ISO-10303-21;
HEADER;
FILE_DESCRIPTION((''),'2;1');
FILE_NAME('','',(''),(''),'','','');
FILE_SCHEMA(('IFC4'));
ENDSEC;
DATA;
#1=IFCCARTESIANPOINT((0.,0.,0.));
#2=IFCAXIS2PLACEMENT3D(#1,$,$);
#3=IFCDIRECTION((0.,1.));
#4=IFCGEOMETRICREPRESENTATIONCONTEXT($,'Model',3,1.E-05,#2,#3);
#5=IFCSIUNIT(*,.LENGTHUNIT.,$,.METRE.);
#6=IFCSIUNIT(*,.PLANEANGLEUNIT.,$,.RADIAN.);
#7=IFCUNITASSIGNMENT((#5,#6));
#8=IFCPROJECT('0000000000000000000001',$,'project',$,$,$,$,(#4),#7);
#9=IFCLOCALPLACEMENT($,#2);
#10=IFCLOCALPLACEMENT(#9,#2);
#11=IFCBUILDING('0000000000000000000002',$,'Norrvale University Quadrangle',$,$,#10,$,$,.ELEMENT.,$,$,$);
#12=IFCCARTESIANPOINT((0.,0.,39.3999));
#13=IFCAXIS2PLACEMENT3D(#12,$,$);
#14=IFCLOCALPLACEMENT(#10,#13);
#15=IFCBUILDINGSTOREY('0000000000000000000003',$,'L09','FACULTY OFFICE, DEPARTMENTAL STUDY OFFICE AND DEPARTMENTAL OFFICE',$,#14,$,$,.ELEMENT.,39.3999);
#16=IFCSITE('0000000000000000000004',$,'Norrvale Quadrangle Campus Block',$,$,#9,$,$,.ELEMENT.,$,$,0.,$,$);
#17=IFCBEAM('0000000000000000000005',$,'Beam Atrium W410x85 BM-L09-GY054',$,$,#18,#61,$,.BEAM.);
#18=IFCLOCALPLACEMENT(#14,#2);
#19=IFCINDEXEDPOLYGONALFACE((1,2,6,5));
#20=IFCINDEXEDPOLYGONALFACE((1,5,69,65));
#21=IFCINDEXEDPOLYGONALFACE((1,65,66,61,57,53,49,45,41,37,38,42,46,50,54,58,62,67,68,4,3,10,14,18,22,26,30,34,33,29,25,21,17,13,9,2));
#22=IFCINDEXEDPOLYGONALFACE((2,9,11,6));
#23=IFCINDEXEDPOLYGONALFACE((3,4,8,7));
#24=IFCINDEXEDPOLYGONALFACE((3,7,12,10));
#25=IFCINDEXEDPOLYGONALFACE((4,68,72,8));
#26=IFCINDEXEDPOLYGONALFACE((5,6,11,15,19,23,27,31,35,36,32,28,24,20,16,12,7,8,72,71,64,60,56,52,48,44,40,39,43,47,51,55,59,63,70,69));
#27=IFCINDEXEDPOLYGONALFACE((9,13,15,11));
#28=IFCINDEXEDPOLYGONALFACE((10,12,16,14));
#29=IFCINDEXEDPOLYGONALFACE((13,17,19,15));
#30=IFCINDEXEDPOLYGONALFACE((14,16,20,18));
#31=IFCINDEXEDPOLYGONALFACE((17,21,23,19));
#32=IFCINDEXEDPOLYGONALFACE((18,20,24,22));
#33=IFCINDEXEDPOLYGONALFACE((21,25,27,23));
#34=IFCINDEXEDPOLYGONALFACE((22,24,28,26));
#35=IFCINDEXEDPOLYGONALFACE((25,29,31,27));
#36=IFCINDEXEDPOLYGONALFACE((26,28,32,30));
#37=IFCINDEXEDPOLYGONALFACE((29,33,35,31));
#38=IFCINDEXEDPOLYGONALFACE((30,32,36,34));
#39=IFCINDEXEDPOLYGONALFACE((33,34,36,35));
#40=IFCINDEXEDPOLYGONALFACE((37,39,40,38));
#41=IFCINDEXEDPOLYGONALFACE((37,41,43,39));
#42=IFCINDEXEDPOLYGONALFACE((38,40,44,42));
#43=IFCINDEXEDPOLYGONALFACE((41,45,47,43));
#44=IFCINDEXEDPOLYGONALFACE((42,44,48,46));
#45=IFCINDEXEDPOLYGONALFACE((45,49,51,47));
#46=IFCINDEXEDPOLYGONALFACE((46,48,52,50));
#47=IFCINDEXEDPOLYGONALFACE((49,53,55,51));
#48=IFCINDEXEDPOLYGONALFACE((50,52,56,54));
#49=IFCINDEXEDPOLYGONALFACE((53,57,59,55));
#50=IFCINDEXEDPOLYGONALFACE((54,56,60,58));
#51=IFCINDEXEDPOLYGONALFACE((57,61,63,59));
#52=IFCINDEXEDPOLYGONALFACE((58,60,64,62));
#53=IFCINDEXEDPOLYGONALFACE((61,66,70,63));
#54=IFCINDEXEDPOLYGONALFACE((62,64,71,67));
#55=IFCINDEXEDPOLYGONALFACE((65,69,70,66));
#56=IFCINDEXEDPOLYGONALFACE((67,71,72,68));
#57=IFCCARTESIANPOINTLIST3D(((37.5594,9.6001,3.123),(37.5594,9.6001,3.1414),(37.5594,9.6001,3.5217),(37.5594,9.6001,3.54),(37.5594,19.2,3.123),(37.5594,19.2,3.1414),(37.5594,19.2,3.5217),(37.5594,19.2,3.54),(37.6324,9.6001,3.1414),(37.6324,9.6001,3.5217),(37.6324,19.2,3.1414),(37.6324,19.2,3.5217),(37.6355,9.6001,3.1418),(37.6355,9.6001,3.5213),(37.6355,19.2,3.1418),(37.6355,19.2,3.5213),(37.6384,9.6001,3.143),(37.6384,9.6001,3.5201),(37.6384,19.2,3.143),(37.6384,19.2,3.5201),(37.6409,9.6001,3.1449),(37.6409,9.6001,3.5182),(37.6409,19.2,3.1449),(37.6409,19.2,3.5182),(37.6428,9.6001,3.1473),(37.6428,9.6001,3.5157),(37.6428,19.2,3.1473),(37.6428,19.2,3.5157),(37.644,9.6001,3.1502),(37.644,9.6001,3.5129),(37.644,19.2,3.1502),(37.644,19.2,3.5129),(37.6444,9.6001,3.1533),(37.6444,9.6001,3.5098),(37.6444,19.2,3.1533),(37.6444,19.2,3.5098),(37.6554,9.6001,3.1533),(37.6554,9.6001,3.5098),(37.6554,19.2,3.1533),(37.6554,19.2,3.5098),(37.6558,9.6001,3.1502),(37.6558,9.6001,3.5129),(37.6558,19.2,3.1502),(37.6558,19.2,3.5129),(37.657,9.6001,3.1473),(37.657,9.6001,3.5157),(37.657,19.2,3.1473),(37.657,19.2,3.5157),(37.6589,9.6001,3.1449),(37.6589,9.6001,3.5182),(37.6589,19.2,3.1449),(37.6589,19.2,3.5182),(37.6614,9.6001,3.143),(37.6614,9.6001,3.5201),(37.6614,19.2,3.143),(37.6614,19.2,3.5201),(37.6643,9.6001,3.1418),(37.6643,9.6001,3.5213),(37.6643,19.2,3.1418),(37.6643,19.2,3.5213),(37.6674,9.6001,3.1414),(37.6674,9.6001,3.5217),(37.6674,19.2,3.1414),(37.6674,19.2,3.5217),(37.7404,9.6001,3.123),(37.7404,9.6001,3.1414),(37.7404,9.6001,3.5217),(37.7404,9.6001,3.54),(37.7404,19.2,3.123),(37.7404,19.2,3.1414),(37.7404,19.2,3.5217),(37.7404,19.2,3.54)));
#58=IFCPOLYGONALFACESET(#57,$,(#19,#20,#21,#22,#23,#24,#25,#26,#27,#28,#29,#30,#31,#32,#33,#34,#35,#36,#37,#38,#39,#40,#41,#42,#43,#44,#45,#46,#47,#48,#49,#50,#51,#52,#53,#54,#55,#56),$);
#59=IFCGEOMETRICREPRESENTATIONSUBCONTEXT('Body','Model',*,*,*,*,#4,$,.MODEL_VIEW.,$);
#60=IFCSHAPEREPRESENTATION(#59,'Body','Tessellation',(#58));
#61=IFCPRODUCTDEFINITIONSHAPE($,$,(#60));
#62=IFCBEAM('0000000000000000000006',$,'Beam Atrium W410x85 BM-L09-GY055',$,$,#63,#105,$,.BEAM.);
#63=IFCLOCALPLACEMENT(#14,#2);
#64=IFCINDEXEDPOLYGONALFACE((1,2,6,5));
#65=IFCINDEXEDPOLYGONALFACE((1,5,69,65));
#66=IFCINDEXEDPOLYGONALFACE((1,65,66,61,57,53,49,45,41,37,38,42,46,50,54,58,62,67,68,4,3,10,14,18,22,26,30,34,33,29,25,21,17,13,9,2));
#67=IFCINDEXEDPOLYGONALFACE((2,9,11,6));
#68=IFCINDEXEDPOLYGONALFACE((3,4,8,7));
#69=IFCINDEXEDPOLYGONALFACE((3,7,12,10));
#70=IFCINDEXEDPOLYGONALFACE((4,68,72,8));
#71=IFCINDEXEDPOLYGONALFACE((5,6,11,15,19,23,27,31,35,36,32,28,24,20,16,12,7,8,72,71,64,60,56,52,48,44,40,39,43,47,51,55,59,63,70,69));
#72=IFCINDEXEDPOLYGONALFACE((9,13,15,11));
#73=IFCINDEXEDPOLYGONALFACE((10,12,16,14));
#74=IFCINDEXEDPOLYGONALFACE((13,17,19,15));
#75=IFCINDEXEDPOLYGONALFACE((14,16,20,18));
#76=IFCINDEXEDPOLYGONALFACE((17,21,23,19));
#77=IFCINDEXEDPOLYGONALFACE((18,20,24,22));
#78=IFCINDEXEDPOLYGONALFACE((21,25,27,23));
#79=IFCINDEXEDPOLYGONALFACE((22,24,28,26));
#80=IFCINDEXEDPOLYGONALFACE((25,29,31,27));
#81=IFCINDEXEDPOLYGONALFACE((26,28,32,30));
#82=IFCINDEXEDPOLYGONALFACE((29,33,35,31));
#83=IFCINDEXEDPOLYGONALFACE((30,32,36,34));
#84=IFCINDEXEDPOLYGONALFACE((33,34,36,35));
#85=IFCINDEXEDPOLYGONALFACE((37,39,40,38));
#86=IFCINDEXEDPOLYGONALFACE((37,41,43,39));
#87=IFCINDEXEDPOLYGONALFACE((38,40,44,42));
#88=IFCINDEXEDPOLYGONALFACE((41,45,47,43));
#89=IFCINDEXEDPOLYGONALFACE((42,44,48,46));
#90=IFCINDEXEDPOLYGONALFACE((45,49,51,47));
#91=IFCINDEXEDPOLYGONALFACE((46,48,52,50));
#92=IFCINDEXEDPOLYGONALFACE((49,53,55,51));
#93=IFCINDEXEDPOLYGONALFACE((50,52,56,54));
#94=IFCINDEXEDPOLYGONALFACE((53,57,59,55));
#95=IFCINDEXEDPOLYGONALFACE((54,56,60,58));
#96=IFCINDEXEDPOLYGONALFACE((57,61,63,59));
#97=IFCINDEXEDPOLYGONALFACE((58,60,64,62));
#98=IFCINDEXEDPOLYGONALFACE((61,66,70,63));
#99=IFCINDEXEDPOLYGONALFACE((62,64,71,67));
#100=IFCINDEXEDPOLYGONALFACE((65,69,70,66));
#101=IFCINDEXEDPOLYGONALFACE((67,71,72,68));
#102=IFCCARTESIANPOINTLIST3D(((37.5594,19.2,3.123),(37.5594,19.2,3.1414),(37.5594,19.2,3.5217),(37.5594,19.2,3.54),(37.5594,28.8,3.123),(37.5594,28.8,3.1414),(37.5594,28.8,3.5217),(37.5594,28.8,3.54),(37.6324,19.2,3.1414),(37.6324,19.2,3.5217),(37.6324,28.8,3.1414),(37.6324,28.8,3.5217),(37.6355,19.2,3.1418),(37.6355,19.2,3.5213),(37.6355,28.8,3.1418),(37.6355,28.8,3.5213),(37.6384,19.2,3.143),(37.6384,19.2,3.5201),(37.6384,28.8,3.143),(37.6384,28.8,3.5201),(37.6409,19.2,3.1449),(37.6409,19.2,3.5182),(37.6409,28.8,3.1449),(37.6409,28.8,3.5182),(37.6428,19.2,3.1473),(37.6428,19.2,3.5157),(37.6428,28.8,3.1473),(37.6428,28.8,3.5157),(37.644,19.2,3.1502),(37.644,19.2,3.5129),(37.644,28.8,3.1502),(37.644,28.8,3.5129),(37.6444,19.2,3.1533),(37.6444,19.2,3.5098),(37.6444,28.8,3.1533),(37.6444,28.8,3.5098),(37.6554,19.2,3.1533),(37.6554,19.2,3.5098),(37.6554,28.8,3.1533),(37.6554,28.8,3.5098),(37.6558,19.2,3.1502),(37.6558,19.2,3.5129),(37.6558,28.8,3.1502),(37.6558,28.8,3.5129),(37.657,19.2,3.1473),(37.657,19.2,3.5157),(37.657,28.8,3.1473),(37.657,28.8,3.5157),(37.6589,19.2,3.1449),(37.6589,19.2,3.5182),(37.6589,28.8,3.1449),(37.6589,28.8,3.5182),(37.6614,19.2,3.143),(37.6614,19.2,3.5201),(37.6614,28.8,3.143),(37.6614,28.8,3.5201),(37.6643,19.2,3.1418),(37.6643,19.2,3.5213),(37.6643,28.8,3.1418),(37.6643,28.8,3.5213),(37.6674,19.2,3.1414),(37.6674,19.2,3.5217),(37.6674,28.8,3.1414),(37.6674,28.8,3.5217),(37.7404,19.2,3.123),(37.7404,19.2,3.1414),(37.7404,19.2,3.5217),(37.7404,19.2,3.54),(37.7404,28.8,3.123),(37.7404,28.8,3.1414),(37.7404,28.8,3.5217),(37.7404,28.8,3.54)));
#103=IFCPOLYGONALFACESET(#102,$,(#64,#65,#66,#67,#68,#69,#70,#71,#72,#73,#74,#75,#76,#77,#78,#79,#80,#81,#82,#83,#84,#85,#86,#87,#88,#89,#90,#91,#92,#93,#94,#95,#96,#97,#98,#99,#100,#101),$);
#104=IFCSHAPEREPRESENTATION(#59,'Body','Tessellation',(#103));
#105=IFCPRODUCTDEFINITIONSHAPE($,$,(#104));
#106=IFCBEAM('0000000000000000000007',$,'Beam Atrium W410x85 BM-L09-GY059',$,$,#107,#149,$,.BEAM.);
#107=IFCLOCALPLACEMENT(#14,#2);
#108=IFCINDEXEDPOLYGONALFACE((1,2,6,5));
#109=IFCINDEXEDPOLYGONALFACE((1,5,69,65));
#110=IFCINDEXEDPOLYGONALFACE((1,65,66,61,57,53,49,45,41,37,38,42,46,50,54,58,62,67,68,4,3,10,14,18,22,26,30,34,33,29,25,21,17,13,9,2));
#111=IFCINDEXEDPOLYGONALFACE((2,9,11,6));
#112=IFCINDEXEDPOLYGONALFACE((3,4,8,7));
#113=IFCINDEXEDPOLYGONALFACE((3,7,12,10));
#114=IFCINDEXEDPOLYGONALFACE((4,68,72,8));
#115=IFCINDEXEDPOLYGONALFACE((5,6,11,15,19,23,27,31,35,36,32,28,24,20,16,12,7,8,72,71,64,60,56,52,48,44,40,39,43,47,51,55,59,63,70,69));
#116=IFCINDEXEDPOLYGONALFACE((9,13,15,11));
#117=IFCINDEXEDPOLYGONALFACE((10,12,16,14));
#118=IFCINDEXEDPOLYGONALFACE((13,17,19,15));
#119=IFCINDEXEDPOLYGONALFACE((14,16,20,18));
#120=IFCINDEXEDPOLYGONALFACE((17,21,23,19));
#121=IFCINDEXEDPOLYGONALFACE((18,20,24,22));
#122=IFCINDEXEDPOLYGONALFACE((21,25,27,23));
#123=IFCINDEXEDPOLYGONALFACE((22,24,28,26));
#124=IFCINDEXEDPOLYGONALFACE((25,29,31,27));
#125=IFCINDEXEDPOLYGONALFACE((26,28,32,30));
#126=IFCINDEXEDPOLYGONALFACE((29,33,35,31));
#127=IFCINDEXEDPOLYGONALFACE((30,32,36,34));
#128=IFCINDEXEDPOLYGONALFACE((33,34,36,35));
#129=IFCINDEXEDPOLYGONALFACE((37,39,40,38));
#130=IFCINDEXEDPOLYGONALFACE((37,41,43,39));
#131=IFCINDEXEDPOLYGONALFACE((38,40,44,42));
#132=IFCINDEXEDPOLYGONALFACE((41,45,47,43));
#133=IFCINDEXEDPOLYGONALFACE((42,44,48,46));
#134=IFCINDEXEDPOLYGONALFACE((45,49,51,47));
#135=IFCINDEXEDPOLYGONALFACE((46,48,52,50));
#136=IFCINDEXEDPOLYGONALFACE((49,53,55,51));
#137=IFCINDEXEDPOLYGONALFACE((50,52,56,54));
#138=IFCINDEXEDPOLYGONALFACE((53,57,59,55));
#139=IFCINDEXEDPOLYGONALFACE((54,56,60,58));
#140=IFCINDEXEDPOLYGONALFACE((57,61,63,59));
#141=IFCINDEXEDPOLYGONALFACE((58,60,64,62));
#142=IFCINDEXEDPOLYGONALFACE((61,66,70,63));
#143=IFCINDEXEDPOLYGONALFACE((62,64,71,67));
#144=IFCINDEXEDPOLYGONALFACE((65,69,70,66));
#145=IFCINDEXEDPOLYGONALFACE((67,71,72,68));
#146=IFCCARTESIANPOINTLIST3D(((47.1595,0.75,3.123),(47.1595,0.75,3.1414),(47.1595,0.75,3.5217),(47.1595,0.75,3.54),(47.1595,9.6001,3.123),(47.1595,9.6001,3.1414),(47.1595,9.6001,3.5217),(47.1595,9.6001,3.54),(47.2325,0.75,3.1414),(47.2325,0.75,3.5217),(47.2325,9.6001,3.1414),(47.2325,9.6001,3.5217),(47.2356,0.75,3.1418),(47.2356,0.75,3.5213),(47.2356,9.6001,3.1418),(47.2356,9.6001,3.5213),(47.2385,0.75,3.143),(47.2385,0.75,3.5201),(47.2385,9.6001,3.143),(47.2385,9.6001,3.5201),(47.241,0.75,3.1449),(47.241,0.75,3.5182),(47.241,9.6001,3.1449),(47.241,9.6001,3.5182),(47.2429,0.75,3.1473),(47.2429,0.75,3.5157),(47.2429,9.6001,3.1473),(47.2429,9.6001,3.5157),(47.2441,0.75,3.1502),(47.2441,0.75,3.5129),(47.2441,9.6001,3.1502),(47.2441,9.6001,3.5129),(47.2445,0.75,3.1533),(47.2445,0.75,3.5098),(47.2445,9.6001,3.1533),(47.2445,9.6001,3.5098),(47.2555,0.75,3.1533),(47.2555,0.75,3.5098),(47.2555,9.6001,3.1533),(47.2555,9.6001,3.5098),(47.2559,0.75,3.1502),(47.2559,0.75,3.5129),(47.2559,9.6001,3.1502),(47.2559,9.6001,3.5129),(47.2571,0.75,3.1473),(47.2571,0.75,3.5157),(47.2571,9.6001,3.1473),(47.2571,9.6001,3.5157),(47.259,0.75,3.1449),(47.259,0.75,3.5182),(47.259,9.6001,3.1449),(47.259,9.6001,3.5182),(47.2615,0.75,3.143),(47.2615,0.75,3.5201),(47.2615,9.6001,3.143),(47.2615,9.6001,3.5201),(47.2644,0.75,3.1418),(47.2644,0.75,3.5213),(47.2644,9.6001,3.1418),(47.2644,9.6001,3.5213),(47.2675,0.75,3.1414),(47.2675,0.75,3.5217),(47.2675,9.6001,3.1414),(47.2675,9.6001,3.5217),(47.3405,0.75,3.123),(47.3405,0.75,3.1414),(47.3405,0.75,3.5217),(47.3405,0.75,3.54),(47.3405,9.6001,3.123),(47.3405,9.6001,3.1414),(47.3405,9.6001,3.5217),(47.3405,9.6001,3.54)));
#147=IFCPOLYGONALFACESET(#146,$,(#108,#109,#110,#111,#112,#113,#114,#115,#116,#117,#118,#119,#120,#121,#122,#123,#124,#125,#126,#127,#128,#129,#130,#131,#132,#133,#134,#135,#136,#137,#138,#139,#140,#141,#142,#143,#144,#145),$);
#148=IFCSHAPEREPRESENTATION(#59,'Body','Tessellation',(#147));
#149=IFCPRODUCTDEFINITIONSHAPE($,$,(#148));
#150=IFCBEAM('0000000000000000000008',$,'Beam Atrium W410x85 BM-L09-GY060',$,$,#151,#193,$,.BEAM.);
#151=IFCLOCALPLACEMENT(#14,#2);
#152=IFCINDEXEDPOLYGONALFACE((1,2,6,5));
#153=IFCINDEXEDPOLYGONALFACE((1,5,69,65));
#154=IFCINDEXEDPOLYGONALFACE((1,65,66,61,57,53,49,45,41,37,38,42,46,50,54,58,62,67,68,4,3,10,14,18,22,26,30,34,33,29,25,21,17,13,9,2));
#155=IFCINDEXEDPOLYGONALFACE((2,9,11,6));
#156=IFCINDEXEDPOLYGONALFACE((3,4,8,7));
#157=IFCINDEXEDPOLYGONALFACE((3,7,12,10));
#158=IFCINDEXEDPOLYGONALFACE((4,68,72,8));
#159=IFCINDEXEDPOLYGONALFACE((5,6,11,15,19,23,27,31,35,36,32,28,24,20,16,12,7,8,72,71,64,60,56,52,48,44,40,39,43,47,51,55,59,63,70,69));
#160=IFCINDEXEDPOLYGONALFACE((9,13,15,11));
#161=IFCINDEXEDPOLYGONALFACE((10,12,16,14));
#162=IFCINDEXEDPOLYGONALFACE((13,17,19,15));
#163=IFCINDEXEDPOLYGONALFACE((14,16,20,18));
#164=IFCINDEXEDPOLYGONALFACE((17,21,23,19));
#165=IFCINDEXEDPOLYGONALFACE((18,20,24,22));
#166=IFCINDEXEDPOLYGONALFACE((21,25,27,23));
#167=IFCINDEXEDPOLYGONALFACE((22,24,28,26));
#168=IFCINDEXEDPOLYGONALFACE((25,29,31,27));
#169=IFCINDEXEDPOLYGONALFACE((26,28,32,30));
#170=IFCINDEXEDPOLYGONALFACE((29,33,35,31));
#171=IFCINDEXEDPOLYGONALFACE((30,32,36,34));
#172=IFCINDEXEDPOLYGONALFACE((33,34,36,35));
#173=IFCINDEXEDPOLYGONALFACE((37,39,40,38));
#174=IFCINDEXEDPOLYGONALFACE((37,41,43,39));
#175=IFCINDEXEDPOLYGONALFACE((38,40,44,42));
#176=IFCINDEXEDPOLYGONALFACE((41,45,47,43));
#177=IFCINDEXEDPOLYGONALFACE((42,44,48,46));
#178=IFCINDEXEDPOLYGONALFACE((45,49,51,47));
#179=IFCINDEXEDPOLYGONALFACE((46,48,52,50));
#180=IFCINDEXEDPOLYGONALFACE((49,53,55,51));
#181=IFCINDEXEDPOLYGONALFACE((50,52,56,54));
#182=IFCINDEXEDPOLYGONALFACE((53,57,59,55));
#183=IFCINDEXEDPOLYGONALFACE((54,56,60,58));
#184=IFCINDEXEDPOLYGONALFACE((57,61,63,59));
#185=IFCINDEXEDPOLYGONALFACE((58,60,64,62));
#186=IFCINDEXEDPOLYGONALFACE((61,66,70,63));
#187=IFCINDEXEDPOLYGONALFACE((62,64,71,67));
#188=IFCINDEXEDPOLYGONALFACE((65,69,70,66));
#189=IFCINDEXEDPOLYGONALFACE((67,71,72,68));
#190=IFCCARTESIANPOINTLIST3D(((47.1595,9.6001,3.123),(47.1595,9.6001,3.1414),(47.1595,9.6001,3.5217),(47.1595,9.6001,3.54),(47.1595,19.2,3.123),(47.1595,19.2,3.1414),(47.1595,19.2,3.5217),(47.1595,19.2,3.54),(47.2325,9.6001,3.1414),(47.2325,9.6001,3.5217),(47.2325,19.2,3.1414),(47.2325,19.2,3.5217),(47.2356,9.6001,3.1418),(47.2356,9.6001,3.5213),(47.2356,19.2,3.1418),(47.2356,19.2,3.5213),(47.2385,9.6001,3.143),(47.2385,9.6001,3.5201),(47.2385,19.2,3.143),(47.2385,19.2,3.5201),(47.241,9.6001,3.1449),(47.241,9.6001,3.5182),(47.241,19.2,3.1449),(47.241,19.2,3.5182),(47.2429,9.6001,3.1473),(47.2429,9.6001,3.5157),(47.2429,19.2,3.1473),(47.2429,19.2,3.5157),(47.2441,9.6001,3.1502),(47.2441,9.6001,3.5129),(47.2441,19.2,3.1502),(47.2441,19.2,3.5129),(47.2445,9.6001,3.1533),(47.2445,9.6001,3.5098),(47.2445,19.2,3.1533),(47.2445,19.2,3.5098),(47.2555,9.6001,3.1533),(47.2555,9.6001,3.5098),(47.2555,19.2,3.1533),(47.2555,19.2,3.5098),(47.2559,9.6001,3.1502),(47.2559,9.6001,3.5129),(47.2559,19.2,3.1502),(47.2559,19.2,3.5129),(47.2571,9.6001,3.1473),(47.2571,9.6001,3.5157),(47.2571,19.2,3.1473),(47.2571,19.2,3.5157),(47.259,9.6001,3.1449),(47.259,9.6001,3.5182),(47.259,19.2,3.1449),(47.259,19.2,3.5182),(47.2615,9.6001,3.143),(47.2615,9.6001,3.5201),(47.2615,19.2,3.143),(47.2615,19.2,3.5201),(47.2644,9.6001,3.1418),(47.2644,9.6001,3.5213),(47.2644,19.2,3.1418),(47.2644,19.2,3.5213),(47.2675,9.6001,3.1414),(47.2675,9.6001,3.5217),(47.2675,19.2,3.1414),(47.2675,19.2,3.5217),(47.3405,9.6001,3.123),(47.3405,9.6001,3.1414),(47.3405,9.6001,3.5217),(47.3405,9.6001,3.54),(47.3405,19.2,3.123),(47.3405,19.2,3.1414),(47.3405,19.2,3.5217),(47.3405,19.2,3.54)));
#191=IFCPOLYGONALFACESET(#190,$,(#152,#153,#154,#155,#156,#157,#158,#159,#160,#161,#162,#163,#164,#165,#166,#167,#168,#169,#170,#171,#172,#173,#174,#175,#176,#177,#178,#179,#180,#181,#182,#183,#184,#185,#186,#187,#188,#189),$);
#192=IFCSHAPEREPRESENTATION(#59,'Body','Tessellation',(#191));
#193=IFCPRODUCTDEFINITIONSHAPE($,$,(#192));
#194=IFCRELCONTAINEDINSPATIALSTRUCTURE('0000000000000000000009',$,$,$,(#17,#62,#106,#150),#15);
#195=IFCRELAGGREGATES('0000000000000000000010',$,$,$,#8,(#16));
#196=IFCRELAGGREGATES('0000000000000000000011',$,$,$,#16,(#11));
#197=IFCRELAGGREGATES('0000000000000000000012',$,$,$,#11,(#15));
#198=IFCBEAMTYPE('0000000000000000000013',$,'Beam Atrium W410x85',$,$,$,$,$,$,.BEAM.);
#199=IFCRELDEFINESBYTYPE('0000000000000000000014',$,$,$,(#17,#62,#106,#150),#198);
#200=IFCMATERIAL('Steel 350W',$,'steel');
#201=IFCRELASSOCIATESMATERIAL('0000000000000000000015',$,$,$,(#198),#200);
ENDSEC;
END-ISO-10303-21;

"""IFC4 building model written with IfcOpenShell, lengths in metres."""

from ifc_helpers import new_model, si_unit, direction, frame, origin, origin_2d, place, context, subcontext, project, spatial, i_section, extrude, material, material_profile, profile_set, type_object, element, save


model = new_model("IFC4")

# Units and contexts
model_context = context("Model", 3, precision=1e-05, world=origin(), true_north=direction((0.0, 1.0)))
body_context = subcontext(model_context, "Body", "Model", "MODEL_VIEW")
ifc_project = project(units=[si_unit("LENGTHUNIT", "METRE"), si_unit("PLANEANGLEUNIT", "RADIAN")], contexts=[model_context])

# Site, building, storey
site_placement = place(None, origin())
site = spatial("IfcSite", under=ifc_project, at=site_placement, Name="Norrvale Quadrangle Campus Block", CompositionType="ELEMENT", RefElevation=0.0)
building_placement = place(site_placement, origin())
building = spatial("IfcBuilding", under=site, at=building_placement, Name="Norrvale University Quadrangle", CompositionType="ELEMENT")
storey_placement = place(building_placement, frame((0.0, 0.0, 39.3999)))
storey = spatial("IfcBuildingStorey", under=building, at=storey_placement, Name="L09", Description="FACULTY OFFICE, DEPARTMENTAL STUDY OFFICE AND DEPARTMENTAL OFFICE", CompositionType="ELEMENT", Elevation=39.3999)

# Beams
ifc_material_1 = material(Name="Steel 350W", Category="steel")
ifc_material_profile_1 = material_profile(ifc_material_1, i_section(OverallWidth=0.1809, OverallDepth=0.417, WebThickness=0.011, FlangeThickness=0.0183, FilletRadius=0.012, at=origin_2d()), Name="Steel 350W")
ifc_profile_set_1 = profile_set([ifc_material_profile_1], Name="Steel 350W")
beam_type_1 = type_object("IfcBeamType", Name="Beam Atrium W410x85", PredefinedType="BEAM", material=ifc_profile_set_1)
beam_1_placement = place(storey_placement, frame((37.6499, 9.6001, 3.3315), z_axis=(0.0, 1.0, 0.0), x_axis=(-1.0, 0.0, 0.0)))
element("IfcBeam", 1, at=beam_1_placement, inside=storey, type_object=beam_type_1, Name="Beam Atrium W410x85 BM-L09-GY054", PredefinedType="BEAM", context=body_context, shape_type="SweptSolid", body=[
    extrude(i_section(OverallWidth=0.1809, OverallDepth=0.417, WebThickness=0.011, FlangeThickness=0.0183, FilletRadius=0.012, at=origin_2d()), origin(), (0.0, 0.0, 1.0), 9.5999),
])
beam_2_placement = place(storey_placement, frame((37.6499, 19.2, 3.3315), z_axis=(0.0, 1.0, 0.0), x_axis=(-1.0, 0.0, 0.0)))
element("IfcBeam", 2, at=beam_2_placement, inside=storey, type_object=beam_type_1, Name="Beam Atrium W410x85 BM-L09-GY055", PredefinedType="BEAM", context=body_context, shape_type="SweptSolid", body=[
    extrude(i_section(OverallWidth=0.1809, OverallDepth=0.417, WebThickness=0.011, FlangeThickness=0.0183, FilletRadius=0.012, at=origin_2d()), origin(), (0.0, 0.0, 1.0), 9.6001),
])
beam_3_placement = place(storey_placement, frame((47.25, 0.75, 3.3315), z_axis=(0.0, 1.0, 0.0), x_axis=(-1.0, 0.0, 0.0)))
element("IfcBeam", 3, at=beam_3_placement, inside=storey, type_object=beam_type_1, Name="Beam Atrium W410x85 BM-L09-GY059", PredefinedType="BEAM", context=body_context, shape_type="SweptSolid", body=[
    extrude(i_section(OverallWidth=0.1809, OverallDepth=0.417, WebThickness=0.011, FlangeThickness=0.0183, FilletRadius=0.012, at=origin_2d()), origin(), (0.0, 0.0, 1.0), 8.8501),
])
beam_4_placement = place(storey_placement, frame((47.25, 9.6001, 3.3315), z_axis=(0.0, 1.0, 0.0), x_axis=(-1.0, 0.0, 0.0)))
element("IfcBeam", 4, at=beam_4_placement, inside=storey, type_object=beam_type_1, Name="Beam Atrium W410x85 BM-L09-GY060", PredefinedType="BEAM", context=body_context, shape_type="SweptSolid", body=[
    extrude(i_section(OverallWidth=0.1809, OverallDepth=0.417, WebThickness=0.011, FlangeThickness=0.0183, FilletRadius=0.012, at=origin_2d()), origin(), (0.0, 0.0, 1.0), 9.5999),
])

save(model, "model.ifc")
